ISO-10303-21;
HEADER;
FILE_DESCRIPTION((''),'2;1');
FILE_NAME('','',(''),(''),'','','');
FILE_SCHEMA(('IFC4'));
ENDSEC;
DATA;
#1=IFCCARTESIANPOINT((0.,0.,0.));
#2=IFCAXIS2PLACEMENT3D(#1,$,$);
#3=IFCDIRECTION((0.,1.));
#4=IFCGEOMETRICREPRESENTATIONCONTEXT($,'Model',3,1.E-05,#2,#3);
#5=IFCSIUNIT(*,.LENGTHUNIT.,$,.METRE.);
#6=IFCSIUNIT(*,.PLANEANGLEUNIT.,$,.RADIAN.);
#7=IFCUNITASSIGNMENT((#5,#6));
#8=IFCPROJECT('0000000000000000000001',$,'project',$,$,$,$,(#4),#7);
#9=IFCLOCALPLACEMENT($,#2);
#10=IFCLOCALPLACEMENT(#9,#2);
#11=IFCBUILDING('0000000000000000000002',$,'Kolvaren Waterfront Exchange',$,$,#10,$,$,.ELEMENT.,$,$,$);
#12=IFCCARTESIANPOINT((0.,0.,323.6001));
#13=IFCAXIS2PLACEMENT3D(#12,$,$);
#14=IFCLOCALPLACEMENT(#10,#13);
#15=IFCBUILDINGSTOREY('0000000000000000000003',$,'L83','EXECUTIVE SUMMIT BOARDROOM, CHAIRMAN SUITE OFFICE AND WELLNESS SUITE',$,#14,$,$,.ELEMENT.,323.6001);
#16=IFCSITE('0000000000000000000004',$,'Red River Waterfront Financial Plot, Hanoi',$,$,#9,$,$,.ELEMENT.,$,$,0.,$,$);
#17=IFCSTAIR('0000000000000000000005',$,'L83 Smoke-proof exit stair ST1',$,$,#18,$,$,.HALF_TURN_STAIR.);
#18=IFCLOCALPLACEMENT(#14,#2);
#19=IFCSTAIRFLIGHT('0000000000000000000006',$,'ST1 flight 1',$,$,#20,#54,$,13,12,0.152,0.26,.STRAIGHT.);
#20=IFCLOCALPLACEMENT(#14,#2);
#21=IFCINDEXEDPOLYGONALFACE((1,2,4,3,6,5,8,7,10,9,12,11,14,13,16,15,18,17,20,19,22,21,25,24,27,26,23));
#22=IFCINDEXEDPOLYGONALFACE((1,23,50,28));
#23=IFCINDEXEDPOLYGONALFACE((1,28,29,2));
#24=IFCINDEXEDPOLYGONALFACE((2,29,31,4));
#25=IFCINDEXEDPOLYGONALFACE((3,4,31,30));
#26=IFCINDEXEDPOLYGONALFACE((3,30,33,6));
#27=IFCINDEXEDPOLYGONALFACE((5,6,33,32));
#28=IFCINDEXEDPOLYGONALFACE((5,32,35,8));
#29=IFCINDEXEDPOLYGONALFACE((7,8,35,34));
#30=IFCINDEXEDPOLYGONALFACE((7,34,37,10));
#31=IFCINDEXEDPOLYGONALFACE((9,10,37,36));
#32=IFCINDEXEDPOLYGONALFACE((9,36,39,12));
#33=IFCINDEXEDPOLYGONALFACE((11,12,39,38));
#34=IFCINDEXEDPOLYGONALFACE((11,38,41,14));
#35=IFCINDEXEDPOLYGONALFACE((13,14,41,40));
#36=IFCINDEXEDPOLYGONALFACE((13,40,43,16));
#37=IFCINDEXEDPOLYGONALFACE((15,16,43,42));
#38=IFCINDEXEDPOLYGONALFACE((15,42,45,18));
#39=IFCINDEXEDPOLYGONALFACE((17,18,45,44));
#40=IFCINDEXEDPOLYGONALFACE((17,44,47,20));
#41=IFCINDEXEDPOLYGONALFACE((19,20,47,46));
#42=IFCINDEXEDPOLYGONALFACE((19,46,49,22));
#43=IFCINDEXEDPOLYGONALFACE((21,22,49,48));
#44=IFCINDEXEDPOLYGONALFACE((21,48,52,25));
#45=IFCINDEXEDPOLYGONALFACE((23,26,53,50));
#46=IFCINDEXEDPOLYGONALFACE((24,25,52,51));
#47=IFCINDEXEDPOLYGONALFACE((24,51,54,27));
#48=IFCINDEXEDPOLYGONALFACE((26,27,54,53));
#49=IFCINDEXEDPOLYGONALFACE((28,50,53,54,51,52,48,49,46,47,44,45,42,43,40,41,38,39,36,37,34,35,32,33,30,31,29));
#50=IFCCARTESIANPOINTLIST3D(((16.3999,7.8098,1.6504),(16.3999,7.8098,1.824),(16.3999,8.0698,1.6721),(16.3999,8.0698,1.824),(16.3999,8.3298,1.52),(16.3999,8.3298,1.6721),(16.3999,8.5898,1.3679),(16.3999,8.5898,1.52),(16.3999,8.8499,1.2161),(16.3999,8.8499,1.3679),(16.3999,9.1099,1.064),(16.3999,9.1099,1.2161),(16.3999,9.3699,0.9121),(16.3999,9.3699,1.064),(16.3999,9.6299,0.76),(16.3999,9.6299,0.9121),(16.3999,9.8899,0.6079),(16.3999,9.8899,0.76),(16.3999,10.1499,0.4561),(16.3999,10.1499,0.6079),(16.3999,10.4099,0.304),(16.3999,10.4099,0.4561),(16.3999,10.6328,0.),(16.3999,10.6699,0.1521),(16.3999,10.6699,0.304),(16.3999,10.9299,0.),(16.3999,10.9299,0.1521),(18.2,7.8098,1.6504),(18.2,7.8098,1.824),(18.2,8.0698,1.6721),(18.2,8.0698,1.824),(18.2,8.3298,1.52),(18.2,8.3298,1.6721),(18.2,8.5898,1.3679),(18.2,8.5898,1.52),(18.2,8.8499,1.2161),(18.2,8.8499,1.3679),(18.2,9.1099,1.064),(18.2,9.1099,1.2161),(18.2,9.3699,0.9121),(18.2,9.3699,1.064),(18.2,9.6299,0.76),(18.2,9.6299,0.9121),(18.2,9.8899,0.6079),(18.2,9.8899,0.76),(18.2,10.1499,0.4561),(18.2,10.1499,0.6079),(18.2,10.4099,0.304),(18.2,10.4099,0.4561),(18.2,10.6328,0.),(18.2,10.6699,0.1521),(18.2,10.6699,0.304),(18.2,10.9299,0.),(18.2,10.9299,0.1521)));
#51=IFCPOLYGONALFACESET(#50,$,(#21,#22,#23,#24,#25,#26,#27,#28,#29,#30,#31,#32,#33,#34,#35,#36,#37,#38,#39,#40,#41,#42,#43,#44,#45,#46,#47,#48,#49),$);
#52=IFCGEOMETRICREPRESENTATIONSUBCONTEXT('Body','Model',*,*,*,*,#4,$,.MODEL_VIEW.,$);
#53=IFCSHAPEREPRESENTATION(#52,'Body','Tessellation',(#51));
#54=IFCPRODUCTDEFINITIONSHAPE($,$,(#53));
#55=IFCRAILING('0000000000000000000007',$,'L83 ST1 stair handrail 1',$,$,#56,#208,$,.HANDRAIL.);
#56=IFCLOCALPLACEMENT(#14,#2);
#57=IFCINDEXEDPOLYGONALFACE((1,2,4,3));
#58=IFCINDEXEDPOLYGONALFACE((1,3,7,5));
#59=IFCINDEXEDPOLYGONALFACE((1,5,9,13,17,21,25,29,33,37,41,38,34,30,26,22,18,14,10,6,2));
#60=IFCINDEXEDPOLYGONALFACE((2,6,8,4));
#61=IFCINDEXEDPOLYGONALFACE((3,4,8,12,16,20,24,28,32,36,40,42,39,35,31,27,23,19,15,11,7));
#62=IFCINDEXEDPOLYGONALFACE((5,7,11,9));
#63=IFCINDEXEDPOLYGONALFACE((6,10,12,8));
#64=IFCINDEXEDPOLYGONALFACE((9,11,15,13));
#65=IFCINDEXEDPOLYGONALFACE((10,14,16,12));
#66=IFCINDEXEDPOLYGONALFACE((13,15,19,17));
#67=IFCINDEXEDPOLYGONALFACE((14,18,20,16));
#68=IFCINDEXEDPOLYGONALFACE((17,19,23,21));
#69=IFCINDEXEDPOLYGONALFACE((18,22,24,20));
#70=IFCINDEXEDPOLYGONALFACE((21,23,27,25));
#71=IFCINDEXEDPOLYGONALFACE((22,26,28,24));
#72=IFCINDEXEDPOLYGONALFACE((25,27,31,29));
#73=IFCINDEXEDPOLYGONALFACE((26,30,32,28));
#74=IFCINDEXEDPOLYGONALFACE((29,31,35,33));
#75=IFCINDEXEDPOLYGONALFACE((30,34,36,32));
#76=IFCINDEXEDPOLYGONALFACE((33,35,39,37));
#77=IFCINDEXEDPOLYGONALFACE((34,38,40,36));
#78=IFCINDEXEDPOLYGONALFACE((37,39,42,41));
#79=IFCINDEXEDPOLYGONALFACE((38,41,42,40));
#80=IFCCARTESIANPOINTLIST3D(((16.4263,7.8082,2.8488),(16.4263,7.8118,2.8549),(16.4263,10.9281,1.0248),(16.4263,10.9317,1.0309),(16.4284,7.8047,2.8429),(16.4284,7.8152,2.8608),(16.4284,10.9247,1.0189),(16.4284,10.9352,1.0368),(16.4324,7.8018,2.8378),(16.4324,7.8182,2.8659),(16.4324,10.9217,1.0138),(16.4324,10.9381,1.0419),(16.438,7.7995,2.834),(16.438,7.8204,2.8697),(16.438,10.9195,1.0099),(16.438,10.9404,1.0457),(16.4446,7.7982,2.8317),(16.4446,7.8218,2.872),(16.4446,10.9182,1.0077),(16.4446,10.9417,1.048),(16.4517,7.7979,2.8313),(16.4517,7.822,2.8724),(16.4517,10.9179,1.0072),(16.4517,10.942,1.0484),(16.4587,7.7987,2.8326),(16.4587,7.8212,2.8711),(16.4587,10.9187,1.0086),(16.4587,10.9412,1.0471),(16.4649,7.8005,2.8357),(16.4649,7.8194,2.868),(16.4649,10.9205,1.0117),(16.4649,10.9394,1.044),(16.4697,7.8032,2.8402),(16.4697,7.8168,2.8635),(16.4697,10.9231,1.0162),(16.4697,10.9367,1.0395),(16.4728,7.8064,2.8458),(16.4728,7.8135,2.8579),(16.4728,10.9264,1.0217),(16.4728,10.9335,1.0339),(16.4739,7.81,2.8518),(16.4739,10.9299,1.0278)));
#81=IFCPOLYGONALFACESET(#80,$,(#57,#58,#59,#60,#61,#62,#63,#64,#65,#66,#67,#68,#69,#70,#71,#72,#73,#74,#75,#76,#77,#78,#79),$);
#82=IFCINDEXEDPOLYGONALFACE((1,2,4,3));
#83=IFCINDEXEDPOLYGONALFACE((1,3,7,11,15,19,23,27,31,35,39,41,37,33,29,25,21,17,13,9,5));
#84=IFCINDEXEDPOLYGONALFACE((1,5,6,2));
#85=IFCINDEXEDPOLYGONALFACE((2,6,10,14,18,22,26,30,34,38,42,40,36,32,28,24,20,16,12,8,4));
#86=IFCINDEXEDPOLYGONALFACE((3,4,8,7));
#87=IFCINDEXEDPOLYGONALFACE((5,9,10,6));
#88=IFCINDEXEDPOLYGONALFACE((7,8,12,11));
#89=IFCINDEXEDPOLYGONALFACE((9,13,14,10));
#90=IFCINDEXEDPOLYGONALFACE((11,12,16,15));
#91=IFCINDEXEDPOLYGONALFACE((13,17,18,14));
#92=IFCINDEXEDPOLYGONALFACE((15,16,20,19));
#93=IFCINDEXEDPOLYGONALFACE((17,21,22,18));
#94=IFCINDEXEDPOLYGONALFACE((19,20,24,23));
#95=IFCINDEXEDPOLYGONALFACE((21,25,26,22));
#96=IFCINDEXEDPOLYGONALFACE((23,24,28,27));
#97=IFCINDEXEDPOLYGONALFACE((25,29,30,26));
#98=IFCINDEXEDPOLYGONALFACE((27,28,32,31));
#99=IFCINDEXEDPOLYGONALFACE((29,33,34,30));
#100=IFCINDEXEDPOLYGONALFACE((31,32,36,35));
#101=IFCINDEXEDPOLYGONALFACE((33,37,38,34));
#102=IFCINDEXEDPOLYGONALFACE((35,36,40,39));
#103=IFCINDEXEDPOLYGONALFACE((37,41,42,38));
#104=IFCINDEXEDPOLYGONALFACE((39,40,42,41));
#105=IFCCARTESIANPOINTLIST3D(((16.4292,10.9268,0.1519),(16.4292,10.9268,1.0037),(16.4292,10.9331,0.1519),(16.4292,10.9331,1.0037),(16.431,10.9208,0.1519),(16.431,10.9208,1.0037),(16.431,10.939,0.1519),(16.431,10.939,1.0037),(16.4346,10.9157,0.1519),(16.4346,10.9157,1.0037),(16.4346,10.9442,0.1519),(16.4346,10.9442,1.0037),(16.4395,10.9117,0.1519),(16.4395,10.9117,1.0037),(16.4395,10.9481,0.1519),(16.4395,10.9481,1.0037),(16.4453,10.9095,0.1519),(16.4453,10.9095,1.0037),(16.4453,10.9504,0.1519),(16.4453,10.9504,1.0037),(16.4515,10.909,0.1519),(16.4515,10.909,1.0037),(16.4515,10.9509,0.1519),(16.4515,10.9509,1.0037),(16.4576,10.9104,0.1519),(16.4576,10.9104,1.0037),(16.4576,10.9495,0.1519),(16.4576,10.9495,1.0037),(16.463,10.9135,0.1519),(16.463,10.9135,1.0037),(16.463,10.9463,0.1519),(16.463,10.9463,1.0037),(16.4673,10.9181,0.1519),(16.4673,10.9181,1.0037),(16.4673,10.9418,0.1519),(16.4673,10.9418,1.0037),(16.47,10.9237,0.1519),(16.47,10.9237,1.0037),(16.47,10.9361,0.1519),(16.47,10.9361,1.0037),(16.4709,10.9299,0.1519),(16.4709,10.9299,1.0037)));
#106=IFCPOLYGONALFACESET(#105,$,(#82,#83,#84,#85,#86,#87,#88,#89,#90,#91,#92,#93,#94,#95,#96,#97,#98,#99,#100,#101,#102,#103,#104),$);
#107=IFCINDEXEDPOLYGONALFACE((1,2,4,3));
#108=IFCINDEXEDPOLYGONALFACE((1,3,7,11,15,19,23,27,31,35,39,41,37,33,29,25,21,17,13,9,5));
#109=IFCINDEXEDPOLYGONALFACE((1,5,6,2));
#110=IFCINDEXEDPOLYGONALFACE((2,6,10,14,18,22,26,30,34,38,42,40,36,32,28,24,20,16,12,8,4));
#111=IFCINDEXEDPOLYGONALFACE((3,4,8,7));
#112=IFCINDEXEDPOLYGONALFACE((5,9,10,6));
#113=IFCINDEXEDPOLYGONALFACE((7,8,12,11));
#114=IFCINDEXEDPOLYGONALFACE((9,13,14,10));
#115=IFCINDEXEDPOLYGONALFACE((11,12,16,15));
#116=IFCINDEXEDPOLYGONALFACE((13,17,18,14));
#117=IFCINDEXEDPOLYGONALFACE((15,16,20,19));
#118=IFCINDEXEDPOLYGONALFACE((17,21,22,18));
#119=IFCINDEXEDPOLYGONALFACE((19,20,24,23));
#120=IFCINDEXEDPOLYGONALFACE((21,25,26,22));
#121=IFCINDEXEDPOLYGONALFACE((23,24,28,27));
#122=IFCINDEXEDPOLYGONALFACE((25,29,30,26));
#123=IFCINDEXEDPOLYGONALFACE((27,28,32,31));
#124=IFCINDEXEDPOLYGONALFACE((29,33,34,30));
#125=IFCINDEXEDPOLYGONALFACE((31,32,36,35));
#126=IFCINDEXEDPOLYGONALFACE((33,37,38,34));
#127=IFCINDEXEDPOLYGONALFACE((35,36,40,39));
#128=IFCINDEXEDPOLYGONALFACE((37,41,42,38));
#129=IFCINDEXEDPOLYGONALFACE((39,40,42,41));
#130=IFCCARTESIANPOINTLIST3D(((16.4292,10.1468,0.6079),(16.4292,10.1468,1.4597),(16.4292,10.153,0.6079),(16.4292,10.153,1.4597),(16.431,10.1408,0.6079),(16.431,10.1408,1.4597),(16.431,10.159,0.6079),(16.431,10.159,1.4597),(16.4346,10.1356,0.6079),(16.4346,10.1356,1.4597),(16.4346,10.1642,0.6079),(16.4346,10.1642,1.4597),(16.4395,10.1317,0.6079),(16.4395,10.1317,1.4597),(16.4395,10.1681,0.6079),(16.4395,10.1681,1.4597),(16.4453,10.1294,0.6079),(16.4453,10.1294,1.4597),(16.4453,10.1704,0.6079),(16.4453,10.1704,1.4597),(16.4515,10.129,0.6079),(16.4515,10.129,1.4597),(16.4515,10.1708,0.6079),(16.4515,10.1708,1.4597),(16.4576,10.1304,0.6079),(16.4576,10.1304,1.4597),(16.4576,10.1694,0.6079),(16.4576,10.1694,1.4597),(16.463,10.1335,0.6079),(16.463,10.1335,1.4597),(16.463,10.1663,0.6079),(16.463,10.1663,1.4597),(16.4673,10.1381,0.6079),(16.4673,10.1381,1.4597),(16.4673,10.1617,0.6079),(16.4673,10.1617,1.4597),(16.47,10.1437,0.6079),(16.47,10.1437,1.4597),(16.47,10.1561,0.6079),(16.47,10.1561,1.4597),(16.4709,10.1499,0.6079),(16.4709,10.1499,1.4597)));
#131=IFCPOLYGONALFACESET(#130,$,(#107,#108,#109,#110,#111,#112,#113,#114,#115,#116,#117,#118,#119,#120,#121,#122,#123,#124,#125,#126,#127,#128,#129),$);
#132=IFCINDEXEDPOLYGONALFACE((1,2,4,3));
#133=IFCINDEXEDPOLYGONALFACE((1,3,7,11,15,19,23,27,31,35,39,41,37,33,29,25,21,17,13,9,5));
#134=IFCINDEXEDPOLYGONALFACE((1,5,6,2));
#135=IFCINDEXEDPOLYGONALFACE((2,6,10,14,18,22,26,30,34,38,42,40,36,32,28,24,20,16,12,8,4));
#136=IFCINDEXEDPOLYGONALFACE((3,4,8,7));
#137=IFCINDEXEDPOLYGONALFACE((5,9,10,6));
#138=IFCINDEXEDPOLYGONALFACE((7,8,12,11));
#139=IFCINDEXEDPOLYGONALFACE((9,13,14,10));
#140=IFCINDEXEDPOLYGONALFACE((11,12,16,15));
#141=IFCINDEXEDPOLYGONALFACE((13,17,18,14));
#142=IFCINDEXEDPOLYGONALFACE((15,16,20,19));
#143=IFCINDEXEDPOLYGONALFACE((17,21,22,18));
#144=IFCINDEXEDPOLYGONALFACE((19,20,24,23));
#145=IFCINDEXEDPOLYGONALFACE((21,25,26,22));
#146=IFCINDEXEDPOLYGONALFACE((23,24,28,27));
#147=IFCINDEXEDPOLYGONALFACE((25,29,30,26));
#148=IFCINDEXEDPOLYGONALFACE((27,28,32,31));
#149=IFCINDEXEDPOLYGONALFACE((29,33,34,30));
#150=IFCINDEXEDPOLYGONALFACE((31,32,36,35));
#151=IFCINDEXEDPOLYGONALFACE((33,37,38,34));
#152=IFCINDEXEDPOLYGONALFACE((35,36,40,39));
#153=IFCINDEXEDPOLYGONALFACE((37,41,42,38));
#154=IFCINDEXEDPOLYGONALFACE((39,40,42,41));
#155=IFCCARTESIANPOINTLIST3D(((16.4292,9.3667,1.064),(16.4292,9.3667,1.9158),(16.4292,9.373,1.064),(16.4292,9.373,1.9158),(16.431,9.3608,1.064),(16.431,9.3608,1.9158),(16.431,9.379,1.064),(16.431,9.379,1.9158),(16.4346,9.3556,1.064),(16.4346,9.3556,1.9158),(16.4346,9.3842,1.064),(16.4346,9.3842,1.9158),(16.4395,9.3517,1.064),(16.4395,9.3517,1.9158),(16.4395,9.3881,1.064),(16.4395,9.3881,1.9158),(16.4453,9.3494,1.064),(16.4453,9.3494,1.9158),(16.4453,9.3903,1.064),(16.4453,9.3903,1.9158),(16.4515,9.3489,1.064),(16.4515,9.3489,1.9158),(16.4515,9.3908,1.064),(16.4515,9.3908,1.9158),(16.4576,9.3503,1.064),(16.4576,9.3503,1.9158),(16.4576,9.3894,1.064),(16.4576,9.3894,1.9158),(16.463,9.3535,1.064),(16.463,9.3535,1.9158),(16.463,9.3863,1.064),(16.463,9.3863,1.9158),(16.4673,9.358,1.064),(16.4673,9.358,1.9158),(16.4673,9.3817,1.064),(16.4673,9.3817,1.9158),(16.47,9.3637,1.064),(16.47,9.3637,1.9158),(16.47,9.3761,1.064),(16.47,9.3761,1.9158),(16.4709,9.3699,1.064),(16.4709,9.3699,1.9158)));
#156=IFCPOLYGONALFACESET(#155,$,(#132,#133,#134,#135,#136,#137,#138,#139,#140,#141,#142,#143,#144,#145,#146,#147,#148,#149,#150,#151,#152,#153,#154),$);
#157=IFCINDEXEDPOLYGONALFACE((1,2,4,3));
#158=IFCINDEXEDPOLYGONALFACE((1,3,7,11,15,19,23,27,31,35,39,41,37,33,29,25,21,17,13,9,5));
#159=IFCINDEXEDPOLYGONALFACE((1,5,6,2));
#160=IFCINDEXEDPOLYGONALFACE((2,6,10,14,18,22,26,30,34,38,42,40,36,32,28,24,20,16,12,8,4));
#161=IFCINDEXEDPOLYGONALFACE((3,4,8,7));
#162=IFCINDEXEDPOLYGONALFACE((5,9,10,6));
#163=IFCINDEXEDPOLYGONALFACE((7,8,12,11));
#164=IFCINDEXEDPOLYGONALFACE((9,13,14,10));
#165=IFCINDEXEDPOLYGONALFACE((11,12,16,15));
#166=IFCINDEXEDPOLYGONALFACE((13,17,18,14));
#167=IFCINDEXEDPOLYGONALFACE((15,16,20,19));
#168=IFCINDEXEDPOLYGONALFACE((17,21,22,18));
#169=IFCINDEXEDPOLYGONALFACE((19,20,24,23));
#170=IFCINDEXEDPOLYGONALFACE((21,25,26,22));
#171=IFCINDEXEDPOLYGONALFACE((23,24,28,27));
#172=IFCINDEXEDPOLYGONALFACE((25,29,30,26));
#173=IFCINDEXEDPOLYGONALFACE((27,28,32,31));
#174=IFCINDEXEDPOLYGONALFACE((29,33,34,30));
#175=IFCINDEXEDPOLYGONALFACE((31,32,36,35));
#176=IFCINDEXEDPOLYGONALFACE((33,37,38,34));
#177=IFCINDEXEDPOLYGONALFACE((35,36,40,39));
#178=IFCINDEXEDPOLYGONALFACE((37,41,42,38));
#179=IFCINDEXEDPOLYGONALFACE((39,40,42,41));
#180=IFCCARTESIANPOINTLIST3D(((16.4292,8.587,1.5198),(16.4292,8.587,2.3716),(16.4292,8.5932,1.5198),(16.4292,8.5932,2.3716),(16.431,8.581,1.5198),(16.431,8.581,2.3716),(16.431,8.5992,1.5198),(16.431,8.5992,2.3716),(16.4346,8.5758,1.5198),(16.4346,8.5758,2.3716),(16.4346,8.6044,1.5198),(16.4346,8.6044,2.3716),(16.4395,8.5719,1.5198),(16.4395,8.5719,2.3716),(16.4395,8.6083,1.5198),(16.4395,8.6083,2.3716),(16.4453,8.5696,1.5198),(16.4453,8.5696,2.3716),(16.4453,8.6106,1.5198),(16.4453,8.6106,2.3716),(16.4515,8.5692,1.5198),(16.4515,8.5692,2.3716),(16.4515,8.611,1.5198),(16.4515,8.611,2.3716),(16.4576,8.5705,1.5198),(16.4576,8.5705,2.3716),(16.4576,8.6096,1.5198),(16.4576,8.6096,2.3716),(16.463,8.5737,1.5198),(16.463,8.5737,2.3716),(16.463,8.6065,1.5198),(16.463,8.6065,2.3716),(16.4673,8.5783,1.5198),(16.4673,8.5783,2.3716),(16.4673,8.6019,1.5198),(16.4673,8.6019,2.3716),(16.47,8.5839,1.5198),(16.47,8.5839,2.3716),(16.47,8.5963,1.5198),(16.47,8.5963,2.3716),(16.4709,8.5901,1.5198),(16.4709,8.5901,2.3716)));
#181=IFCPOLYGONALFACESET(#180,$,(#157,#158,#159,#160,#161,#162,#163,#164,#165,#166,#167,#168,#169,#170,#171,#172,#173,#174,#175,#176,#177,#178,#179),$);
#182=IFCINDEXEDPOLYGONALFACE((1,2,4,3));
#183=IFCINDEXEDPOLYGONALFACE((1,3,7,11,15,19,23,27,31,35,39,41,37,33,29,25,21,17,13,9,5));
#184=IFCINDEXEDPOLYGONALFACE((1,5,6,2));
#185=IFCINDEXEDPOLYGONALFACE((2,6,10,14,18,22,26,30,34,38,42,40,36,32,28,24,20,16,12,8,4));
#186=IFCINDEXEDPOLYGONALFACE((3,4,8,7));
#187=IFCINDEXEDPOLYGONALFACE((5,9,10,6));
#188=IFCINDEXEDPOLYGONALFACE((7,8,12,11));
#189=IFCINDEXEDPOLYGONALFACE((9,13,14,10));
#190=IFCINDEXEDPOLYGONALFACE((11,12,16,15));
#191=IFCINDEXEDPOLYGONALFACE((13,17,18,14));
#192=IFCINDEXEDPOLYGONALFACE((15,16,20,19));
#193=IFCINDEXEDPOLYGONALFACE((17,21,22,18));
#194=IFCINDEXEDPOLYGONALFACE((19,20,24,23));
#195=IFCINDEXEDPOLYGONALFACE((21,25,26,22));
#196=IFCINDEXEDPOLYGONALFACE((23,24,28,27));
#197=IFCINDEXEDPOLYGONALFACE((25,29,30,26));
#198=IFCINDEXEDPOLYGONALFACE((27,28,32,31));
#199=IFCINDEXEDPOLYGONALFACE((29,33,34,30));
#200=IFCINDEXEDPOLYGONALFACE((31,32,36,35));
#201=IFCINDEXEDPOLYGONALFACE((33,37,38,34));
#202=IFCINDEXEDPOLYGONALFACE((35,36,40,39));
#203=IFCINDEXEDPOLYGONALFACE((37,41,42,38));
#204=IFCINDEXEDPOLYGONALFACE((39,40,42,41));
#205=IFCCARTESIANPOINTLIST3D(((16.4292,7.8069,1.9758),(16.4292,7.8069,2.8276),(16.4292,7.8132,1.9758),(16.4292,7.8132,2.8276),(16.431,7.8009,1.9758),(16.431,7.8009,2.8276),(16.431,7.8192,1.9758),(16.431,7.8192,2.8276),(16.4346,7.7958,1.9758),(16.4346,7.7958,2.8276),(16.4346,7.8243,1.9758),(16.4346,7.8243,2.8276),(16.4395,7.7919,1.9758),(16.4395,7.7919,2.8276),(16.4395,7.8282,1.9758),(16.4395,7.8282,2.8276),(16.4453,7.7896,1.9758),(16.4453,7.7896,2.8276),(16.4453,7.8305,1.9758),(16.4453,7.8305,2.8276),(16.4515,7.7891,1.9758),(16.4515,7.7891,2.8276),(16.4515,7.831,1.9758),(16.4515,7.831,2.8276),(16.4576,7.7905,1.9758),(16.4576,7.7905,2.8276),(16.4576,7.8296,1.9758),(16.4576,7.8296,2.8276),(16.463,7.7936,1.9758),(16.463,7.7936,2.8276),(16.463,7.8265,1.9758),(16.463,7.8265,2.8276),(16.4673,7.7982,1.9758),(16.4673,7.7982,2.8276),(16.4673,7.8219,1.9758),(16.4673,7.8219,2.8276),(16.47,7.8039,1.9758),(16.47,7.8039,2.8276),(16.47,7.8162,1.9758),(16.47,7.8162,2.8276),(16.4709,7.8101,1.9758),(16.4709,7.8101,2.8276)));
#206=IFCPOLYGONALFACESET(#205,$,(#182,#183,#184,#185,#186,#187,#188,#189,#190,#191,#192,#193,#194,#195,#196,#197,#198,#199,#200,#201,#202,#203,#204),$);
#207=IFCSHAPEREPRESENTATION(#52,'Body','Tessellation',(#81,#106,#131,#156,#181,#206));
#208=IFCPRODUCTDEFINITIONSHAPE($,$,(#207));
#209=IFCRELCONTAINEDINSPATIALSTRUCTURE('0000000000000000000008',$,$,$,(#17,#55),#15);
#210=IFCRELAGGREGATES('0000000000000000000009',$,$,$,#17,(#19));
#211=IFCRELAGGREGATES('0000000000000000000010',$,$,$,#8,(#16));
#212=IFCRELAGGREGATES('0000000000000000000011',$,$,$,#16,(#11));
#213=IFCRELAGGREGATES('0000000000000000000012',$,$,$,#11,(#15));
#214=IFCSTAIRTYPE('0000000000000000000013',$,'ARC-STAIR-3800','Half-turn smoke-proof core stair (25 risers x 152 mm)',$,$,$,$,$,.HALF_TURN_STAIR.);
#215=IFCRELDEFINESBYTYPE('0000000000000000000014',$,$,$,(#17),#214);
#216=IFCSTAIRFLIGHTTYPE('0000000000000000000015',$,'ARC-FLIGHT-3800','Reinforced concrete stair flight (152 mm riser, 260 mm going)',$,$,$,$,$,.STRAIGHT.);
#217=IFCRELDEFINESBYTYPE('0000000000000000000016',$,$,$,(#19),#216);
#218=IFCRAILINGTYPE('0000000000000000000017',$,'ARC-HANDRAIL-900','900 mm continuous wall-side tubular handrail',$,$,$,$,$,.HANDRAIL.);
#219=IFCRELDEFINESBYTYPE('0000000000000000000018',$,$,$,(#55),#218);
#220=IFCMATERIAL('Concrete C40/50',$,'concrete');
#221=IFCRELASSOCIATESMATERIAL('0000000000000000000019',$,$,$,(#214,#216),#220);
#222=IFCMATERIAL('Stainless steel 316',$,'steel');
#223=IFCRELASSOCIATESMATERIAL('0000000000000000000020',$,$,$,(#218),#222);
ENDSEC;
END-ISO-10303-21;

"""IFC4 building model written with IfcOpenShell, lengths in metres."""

from ifc_helpers import new_model, si_unit, direction, frame, origin, origin_2d, place, context, subcontext, project, spatial, polyline, circle, outline, extrude, material, type_object, element, aggregate, save


model = new_model("IFC4")

# Units and contexts
model_context = context("Model", 3, precision=1e-05, world=origin(), true_north=direction((0.0, 1.0)))
body_context = subcontext(model_context, "Body", "Model", "MODEL_VIEW")
ifc_project = project(units=[si_unit("LENGTHUNIT", "METRE"), si_unit("PLANEANGLEUNIT", "RADIAN")], contexts=[model_context])

# Site, building, storey
site_placement = place(None, origin())
site = spatial("IfcSite", under=ifc_project, at=site_placement, Name="Red River Waterfront Financial Plot, Hanoi", CompositionType="ELEMENT", RefElevation=0.0)
building_placement = place(site_placement, origin())
building = spatial("IfcBuilding", under=site, at=building_placement, Name="Kolvaren Waterfront Exchange", CompositionType="ELEMENT")
storey_placement = place(building_placement, frame((0.0, 0.0, 323.6001)))
storey = spatial("IfcBuildingStorey", under=building, at=storey_placement, Name="L83", Description="EXECUTIVE SUMMIT BOARDROOM, CHAIRMAN SUITE OFFICE AND WELLNESS SUITE", CompositionType="ELEMENT", Elevation=323.6001)

# Shared definitions
ifc_material_1 = material(Name="Concrete C40/50", Category="concrete")

# Stair, stair flight
stair_type = type_object("IfcStairType", Name="ARC-STAIR-3800", Description="Half-turn smoke-proof core stair (25 risers x 152 mm)", PredefinedType="HALF_TURN_STAIR", material=ifc_material_1)
stair_placement = place(storey_placement, origin())
stair = element("IfcStair", 1, at=stair_placement, inside=storey, type_object=stair_type, Name="L83 Smoke-proof exit stair ST1", PredefinedType="HALF_TURN_STAIR")
stair_flight_type = type_object("IfcStairFlightType", Name="ARC-FLIGHT-3800", Description="Reinforced concrete stair flight (152 mm riser, 260 mm going)", PredefinedType="STRAIGHT", material=ifc_material_1)
stair_flight_placement = place(storey_placement, frame((17.3, 10.9299, 0.0), z_axis=(0.0, 0.0, 1.0), x_axis=(0.0, -1.0, 0.0)))
stair_flight = element("IfcStairFlight", 2, at=stair_flight_placement, type_object=stair_flight_type, Name="ST1 flight 1", NumberOfRisers=13, NumberOfTreads=12, PredefinedType="STRAIGHT", RiserHeight=0.152, TreadLength=0.26, context=body_context, shape_type="SweptSolid", body=[
    extrude(outline(polyline([(0.0, 0.0), (0.0, 0.1521), (0.26, 0.1521), (0.26, 0.304), (0.52, 0.304), (0.52, 0.4561), (0.78, 0.4561), (0.78, 0.6079), (1.04, 0.6079), (1.04, 0.76), (1.3, 0.76), (1.3, 0.9121), (1.5601, 0.9121), (1.5601, 1.064), (1.8201, 1.064), (1.8201, 1.2161), (2.0801, 1.2161), (2.0801, 1.3679), (2.3401, 1.3679), (2.3401, 1.52), (2.6001, 1.52), (2.6001, 1.6721), (2.8601, 1.6721), (2.8601, 1.824), (3.1201, 1.824), (3.1201, 1.9761), (3.1201, 1.6504), (0.2971, 0.0), (0.0, 0.0)])), frame((0.0, 0.8999, 0.0), z_axis=(0.0, -1.0, 0.0), x_axis=(1.0, 0.0, 0.0)), (0.0, 0.0, 1.0), 1.8),
])
aggregate(stair, [stair_flight])

# Railing
ifc_material_2 = material(Name="Stainless steel 316", Category="steel")
railing_type_1 = type_object("IfcRailingType", Name="ARC-HANDRAIL-900", Description="900 mm continuous wall-side tubular handrail", PredefinedType="HANDRAIL", material=ifc_material_2)
railing_1_placement = place(storey_placement, frame((16.45, 10.9299, 0.1519)))
element("IfcRailing", 3, at=railing_1_placement, inside=storey, type_object=railing_type_1, Name="L83 ST1 stair handrail 1", PredefinedType="HANDRAIL", context=body_context, shape_type="SweptSolid", body=[
    extrude(circle(Radius=0.0239, at=origin_2d()), frame((0.0, 0.0, 0.876), z_axis=(0.0, -0.863291, 0.504707), x_axis=(1.0, 0.0, 0.0)), (0.0, 0.0, 1.0), 3.614),
    extrude(circle(Radius=0.021, at=origin_2d()), origin(), (0.0, 0.0, 1.0), 0.8518),
    extrude(circle(Radius=0.021, at=origin_2d()), frame((0.0, -0.78, 0.4561)), (0.0, 0.0, 1.0), 0.8518),
    extrude(circle(Radius=0.021, at=origin_2d()), frame((0.0, -1.5601, 0.9121)), (0.0, 0.0, 1.0), 0.8518),
    extrude(circle(Radius=0.021, at=origin_2d()), frame((0.0, -2.3398, 1.3679)), (0.0, 0.0, 1.0), 0.8518),
    extrude(circle(Radius=0.021, at=origin_2d()), frame((0.0, -3.1199, 1.824)), (0.0, 0.0, 1.0), 0.8518),
])

save(model, "model.ifc")
